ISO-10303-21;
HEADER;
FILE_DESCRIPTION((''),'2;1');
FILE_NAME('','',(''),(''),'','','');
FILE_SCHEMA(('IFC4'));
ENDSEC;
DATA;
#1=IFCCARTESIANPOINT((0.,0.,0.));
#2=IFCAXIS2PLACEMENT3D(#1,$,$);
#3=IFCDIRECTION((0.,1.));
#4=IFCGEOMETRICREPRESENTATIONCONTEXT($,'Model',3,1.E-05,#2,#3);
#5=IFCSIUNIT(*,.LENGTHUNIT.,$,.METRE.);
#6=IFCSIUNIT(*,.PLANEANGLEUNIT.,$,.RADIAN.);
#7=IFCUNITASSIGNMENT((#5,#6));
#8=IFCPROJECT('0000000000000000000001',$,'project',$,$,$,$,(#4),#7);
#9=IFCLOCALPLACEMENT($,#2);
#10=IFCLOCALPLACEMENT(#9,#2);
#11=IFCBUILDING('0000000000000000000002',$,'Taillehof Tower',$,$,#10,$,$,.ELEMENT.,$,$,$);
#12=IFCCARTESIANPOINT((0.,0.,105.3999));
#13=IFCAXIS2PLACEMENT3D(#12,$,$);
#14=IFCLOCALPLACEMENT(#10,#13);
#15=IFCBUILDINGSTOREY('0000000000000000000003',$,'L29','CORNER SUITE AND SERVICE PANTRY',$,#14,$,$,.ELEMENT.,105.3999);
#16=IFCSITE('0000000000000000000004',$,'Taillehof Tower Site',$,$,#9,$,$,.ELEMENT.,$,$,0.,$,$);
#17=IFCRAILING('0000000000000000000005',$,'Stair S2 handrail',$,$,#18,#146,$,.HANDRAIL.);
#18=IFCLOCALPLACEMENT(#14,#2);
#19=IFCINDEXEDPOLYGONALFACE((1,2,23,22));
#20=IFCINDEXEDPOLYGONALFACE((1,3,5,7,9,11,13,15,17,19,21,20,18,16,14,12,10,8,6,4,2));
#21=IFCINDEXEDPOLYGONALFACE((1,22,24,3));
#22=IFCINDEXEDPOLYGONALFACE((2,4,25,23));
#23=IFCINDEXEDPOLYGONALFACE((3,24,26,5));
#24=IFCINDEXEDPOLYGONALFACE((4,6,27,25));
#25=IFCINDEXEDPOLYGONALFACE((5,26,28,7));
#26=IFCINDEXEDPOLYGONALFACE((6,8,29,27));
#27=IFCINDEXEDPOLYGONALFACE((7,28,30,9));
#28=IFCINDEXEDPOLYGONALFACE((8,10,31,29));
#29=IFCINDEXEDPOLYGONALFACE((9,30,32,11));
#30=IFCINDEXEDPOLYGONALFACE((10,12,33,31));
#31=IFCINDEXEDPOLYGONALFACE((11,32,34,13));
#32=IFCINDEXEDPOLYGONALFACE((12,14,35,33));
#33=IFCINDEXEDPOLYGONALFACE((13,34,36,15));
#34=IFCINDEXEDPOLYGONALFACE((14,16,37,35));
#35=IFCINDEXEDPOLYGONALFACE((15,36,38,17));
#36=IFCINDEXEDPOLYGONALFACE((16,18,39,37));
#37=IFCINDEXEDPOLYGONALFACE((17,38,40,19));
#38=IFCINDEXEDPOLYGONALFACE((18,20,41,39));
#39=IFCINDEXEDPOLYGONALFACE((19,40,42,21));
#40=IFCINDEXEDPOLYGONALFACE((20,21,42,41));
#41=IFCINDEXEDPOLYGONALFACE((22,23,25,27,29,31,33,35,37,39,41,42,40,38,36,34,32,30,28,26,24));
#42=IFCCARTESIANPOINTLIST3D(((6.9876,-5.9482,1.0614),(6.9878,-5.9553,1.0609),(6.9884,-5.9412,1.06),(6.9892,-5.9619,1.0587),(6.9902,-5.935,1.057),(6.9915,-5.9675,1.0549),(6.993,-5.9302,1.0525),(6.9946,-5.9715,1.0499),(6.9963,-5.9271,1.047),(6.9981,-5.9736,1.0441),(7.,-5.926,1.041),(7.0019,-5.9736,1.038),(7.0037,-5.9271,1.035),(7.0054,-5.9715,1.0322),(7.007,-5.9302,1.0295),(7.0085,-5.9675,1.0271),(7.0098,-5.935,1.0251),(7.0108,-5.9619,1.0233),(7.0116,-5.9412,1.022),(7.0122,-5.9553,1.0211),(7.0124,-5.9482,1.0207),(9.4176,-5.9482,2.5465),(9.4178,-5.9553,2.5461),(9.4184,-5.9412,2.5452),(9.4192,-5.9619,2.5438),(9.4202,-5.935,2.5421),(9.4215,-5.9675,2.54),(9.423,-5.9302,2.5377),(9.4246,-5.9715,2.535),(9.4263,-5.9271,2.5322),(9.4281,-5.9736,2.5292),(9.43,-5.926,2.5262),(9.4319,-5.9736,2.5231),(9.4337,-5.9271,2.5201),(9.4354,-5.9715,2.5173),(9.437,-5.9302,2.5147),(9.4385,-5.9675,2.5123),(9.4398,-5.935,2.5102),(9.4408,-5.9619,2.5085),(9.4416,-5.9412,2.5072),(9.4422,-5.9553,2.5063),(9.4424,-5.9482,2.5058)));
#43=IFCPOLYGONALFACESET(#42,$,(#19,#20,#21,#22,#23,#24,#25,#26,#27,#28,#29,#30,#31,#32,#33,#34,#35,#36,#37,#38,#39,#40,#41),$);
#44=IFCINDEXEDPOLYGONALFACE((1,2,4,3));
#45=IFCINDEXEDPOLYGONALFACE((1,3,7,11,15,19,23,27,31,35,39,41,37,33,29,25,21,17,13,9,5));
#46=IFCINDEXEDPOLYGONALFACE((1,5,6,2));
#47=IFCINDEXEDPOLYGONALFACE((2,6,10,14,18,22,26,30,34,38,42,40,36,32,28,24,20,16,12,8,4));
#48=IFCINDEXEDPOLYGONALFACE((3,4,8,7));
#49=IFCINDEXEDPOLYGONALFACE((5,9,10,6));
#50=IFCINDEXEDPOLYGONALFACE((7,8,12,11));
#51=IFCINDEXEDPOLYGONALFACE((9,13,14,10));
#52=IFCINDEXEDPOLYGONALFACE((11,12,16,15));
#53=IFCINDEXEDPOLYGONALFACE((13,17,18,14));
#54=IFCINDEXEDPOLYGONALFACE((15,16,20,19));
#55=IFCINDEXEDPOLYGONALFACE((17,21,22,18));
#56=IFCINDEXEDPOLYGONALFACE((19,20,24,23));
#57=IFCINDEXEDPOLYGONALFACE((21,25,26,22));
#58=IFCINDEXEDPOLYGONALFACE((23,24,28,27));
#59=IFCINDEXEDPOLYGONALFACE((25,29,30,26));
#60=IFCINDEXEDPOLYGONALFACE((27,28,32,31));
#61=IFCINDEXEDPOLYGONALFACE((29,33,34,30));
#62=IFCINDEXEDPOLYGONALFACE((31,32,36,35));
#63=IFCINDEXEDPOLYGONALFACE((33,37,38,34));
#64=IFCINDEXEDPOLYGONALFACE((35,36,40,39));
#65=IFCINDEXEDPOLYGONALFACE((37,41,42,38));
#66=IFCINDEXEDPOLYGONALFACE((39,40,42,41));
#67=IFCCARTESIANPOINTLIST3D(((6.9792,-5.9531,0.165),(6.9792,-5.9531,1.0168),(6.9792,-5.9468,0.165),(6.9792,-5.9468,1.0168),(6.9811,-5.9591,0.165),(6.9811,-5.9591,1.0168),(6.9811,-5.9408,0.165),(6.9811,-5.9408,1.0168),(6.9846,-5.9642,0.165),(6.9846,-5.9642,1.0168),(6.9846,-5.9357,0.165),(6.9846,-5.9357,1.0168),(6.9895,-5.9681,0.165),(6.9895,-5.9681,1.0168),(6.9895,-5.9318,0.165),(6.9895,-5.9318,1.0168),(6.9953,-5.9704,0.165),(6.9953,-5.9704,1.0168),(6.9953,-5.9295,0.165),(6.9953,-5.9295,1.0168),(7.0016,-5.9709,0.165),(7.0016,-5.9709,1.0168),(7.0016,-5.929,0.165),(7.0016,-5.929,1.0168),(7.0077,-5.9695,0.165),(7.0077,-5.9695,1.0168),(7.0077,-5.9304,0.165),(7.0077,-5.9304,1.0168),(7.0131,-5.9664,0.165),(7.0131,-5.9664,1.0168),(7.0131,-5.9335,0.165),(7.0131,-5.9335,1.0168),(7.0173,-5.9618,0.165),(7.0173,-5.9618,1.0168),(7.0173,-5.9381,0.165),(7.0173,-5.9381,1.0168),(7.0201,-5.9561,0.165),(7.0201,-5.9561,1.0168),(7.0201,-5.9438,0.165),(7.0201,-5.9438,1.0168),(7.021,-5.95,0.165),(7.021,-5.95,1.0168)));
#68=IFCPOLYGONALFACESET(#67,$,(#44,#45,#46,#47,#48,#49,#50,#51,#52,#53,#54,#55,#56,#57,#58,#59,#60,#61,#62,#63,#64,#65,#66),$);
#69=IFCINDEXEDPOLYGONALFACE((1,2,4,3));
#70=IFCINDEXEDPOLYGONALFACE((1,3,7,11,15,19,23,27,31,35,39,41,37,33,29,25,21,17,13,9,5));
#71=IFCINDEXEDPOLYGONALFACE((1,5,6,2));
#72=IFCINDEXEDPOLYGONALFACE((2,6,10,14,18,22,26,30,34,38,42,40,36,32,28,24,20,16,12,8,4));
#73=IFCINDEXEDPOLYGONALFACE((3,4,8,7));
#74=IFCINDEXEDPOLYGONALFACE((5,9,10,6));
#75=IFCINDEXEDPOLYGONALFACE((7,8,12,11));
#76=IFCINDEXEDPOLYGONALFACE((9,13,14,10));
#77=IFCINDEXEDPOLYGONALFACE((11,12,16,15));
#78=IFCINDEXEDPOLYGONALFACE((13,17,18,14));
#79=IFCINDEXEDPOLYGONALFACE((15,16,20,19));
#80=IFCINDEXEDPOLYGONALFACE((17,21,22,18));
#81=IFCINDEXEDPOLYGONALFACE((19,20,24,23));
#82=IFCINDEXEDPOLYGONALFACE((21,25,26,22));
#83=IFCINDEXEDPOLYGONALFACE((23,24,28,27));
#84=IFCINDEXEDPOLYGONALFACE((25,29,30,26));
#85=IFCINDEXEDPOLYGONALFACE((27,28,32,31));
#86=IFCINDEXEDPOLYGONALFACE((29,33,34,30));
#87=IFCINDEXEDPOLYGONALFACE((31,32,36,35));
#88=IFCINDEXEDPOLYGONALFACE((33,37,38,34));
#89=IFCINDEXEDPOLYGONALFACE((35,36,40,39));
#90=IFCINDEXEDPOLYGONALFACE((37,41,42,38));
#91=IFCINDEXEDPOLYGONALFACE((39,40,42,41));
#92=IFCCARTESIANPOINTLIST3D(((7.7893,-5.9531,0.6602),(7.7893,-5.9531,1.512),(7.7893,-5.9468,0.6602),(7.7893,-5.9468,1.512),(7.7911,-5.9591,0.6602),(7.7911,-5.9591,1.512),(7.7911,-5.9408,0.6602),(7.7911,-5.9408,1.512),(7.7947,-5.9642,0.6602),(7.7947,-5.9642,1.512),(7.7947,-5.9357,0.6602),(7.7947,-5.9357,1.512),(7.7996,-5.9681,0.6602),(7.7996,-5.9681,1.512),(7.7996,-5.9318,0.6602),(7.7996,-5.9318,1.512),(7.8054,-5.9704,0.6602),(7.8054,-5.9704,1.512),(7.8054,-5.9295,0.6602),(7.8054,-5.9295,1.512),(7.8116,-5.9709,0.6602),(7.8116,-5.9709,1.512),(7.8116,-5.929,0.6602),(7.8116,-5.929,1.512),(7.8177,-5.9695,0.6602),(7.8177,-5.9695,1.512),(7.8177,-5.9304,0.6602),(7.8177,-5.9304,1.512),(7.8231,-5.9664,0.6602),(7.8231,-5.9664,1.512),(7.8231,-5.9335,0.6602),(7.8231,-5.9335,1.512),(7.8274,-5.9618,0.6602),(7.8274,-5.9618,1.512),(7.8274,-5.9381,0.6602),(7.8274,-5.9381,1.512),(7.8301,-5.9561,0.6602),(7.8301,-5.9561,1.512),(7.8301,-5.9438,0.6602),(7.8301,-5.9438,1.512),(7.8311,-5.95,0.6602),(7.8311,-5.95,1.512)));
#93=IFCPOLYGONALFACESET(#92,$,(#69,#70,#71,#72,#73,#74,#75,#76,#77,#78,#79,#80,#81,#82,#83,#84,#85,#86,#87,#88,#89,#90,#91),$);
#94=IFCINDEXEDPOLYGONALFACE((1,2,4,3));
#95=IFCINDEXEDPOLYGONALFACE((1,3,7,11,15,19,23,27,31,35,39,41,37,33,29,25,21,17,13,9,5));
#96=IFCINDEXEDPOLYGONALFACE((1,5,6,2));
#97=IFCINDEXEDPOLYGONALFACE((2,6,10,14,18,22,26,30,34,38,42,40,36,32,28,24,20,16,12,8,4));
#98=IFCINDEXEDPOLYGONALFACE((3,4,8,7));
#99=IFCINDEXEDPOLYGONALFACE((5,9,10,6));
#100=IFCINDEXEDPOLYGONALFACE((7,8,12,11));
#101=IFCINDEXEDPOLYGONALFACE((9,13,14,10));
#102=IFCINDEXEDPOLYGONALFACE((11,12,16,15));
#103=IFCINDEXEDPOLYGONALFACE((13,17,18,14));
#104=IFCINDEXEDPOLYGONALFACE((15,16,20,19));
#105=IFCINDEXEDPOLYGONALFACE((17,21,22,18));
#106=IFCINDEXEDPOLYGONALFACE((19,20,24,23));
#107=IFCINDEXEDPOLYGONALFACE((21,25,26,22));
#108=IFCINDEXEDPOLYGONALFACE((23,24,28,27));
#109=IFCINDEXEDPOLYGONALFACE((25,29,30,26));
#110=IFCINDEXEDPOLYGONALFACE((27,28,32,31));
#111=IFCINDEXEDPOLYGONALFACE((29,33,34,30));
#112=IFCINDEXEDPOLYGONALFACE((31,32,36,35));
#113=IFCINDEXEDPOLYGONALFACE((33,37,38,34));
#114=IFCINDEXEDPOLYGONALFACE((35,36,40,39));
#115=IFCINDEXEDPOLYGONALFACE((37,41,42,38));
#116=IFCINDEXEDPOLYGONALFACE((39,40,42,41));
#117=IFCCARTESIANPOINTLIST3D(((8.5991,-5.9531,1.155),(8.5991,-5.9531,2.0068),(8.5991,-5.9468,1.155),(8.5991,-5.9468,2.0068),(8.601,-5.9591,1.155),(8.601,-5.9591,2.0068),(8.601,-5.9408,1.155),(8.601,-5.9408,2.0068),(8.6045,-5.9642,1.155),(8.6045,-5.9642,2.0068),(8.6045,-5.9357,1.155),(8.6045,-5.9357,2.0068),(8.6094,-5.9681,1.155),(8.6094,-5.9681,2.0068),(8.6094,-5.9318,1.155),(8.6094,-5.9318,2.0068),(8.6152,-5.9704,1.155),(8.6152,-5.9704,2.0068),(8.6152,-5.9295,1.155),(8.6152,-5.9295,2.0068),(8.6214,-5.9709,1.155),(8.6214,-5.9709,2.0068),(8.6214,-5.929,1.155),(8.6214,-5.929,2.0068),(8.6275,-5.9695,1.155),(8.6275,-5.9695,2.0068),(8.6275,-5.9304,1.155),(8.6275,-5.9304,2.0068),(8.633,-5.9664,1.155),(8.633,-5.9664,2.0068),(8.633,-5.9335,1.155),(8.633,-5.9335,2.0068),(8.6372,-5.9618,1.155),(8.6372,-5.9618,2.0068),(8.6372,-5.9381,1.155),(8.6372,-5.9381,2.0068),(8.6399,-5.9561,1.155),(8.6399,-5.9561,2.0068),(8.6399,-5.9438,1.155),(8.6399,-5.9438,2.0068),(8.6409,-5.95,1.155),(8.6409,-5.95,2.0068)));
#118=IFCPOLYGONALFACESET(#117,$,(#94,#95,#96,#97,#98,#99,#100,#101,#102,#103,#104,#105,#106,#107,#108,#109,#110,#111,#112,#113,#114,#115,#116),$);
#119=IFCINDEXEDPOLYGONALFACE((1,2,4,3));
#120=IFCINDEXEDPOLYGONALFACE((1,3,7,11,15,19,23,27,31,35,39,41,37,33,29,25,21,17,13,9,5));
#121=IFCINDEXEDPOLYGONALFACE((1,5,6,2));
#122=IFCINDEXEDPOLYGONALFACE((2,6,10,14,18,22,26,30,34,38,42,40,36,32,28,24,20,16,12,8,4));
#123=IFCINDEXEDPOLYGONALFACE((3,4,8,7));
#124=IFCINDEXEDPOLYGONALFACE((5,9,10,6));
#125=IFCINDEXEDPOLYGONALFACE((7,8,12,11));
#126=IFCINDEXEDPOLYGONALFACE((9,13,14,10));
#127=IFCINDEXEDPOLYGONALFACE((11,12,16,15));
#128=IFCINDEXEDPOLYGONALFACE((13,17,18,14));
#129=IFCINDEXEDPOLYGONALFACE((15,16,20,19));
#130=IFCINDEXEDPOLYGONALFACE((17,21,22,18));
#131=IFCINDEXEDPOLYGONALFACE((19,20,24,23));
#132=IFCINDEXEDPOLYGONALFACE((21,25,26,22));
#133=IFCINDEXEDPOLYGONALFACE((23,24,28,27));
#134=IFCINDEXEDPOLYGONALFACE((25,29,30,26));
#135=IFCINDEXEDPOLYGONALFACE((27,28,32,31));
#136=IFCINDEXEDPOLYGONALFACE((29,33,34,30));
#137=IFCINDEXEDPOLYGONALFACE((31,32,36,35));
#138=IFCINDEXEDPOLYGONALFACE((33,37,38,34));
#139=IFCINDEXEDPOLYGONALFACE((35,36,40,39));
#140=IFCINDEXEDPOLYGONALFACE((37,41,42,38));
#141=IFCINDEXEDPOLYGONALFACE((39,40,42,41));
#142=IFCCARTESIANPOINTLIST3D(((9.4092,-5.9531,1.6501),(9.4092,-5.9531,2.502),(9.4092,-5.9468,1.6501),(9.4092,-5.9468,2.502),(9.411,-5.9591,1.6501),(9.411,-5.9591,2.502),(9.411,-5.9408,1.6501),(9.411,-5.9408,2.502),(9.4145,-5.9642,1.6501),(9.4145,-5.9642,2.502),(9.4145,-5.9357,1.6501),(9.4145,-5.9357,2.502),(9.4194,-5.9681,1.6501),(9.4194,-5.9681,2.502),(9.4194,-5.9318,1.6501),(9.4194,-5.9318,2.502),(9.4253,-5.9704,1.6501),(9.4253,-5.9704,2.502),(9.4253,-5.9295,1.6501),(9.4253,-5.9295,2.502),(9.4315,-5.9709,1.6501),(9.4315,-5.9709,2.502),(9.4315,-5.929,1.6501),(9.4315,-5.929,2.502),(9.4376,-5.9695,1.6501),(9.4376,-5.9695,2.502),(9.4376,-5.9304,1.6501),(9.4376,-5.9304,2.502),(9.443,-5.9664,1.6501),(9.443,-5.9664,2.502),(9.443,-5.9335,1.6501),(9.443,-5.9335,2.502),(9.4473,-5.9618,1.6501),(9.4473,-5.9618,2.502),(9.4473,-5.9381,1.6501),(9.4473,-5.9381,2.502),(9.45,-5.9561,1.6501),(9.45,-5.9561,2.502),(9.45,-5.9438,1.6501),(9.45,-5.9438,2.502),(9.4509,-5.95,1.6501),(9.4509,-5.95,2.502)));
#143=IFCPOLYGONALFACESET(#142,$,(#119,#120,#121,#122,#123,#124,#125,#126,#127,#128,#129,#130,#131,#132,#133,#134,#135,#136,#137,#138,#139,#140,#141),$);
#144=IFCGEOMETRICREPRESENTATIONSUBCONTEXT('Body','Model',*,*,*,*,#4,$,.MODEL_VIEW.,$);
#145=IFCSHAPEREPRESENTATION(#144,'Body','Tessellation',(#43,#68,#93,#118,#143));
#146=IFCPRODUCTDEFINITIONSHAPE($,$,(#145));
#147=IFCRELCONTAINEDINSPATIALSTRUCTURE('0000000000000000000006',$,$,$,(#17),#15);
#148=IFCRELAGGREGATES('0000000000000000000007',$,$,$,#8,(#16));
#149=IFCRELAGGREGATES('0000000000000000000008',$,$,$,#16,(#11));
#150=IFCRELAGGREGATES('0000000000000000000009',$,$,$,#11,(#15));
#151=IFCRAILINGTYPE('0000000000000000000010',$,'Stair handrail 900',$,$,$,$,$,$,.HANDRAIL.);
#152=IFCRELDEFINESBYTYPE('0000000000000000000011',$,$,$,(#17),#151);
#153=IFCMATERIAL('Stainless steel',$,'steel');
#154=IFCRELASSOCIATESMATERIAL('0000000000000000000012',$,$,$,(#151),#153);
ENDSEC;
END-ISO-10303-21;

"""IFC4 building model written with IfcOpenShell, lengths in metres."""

from ifc_helpers import new_model, si_unit, direction, frame, origin, origin_2d, place, context, subcontext, project, spatial, circle, extrude, material, type_object, element, save


model = new_model("IFC4")

# Units and contexts
model_context = context("Model", 3, precision=1e-05, world=origin(), true_north=direction((0.0, 1.0)))
body_context = subcontext(model_context, "Body", "Model", "MODEL_VIEW")
ifc_project = project(units=[si_unit("LENGTHUNIT", "METRE"), si_unit("PLANEANGLEUNIT", "RADIAN")], contexts=[model_context])

# Site, building, storey
site_placement = place(None, origin())
site = spatial("IfcSite", under=ifc_project, at=site_placement, Name="Taillehof Tower Site", CompositionType="ELEMENT", RefElevation=0.0)
building_placement = place(site_placement, origin())
building = spatial("IfcBuilding", under=site, at=building_placement, Name="Taillehof Tower", CompositionType="ELEMENT")
storey_placement = place(building_placement, frame((0.0, 0.0, 105.3999)))
storey = spatial("IfcBuildingStorey", under=building, at=storey_placement, Name="L29", Description="CORNER SUITE AND SERVICE PANTRY", CompositionType="ELEMENT", Elevation=105.3999)

# Railing
ifc_material_1 = material(Name="Stainless steel", Category="steel")
railing_type = type_object("IfcRailingType", Name="Stair handrail 900", PredefinedType="HANDRAIL", material=ifc_material_1)
railing_1_placement = place(storey_placement, frame((7.0, -5.95, 0.165)))
element("IfcRailing", 1, at=railing_1_placement, inside=storey, type_object=railing_type, Name="Stair S2 handrail", PredefinedType="HANDRAIL", context=body_context, shape_type="SweptSolid", body=[
    extrude(circle(Radius=0.0239, at=origin_2d()), frame((0.0, 0.0, 0.876), z_axis=(0.853259, 0.0, 0.521488), x_axis=(0.0, 1.0, 0.0)), (0.0, 0.0, 1.0), 2.8479),
    extrude(circle(Radius=0.021, at=origin_2d()), origin(), (0.0, 0.0, 1.0), 0.8518),
    extrude(circle(Radius=0.021, at=origin_2d()), frame((0.8101, 0.0, 0.4951)), (0.0, 0.0, 1.0), 0.8518),
    extrude(circle(Radius=0.021, at=origin_2d()), frame((1.6199, 0.0, 0.99)), (0.0, 0.0, 1.0), 0.8518),
    extrude(circle(Radius=0.021, at=origin_2d()), frame((2.4299, 0.0, 1.4851)), (0.0, 0.0, 1.0), 0.8518),
])

save(model, "model.ifc")
